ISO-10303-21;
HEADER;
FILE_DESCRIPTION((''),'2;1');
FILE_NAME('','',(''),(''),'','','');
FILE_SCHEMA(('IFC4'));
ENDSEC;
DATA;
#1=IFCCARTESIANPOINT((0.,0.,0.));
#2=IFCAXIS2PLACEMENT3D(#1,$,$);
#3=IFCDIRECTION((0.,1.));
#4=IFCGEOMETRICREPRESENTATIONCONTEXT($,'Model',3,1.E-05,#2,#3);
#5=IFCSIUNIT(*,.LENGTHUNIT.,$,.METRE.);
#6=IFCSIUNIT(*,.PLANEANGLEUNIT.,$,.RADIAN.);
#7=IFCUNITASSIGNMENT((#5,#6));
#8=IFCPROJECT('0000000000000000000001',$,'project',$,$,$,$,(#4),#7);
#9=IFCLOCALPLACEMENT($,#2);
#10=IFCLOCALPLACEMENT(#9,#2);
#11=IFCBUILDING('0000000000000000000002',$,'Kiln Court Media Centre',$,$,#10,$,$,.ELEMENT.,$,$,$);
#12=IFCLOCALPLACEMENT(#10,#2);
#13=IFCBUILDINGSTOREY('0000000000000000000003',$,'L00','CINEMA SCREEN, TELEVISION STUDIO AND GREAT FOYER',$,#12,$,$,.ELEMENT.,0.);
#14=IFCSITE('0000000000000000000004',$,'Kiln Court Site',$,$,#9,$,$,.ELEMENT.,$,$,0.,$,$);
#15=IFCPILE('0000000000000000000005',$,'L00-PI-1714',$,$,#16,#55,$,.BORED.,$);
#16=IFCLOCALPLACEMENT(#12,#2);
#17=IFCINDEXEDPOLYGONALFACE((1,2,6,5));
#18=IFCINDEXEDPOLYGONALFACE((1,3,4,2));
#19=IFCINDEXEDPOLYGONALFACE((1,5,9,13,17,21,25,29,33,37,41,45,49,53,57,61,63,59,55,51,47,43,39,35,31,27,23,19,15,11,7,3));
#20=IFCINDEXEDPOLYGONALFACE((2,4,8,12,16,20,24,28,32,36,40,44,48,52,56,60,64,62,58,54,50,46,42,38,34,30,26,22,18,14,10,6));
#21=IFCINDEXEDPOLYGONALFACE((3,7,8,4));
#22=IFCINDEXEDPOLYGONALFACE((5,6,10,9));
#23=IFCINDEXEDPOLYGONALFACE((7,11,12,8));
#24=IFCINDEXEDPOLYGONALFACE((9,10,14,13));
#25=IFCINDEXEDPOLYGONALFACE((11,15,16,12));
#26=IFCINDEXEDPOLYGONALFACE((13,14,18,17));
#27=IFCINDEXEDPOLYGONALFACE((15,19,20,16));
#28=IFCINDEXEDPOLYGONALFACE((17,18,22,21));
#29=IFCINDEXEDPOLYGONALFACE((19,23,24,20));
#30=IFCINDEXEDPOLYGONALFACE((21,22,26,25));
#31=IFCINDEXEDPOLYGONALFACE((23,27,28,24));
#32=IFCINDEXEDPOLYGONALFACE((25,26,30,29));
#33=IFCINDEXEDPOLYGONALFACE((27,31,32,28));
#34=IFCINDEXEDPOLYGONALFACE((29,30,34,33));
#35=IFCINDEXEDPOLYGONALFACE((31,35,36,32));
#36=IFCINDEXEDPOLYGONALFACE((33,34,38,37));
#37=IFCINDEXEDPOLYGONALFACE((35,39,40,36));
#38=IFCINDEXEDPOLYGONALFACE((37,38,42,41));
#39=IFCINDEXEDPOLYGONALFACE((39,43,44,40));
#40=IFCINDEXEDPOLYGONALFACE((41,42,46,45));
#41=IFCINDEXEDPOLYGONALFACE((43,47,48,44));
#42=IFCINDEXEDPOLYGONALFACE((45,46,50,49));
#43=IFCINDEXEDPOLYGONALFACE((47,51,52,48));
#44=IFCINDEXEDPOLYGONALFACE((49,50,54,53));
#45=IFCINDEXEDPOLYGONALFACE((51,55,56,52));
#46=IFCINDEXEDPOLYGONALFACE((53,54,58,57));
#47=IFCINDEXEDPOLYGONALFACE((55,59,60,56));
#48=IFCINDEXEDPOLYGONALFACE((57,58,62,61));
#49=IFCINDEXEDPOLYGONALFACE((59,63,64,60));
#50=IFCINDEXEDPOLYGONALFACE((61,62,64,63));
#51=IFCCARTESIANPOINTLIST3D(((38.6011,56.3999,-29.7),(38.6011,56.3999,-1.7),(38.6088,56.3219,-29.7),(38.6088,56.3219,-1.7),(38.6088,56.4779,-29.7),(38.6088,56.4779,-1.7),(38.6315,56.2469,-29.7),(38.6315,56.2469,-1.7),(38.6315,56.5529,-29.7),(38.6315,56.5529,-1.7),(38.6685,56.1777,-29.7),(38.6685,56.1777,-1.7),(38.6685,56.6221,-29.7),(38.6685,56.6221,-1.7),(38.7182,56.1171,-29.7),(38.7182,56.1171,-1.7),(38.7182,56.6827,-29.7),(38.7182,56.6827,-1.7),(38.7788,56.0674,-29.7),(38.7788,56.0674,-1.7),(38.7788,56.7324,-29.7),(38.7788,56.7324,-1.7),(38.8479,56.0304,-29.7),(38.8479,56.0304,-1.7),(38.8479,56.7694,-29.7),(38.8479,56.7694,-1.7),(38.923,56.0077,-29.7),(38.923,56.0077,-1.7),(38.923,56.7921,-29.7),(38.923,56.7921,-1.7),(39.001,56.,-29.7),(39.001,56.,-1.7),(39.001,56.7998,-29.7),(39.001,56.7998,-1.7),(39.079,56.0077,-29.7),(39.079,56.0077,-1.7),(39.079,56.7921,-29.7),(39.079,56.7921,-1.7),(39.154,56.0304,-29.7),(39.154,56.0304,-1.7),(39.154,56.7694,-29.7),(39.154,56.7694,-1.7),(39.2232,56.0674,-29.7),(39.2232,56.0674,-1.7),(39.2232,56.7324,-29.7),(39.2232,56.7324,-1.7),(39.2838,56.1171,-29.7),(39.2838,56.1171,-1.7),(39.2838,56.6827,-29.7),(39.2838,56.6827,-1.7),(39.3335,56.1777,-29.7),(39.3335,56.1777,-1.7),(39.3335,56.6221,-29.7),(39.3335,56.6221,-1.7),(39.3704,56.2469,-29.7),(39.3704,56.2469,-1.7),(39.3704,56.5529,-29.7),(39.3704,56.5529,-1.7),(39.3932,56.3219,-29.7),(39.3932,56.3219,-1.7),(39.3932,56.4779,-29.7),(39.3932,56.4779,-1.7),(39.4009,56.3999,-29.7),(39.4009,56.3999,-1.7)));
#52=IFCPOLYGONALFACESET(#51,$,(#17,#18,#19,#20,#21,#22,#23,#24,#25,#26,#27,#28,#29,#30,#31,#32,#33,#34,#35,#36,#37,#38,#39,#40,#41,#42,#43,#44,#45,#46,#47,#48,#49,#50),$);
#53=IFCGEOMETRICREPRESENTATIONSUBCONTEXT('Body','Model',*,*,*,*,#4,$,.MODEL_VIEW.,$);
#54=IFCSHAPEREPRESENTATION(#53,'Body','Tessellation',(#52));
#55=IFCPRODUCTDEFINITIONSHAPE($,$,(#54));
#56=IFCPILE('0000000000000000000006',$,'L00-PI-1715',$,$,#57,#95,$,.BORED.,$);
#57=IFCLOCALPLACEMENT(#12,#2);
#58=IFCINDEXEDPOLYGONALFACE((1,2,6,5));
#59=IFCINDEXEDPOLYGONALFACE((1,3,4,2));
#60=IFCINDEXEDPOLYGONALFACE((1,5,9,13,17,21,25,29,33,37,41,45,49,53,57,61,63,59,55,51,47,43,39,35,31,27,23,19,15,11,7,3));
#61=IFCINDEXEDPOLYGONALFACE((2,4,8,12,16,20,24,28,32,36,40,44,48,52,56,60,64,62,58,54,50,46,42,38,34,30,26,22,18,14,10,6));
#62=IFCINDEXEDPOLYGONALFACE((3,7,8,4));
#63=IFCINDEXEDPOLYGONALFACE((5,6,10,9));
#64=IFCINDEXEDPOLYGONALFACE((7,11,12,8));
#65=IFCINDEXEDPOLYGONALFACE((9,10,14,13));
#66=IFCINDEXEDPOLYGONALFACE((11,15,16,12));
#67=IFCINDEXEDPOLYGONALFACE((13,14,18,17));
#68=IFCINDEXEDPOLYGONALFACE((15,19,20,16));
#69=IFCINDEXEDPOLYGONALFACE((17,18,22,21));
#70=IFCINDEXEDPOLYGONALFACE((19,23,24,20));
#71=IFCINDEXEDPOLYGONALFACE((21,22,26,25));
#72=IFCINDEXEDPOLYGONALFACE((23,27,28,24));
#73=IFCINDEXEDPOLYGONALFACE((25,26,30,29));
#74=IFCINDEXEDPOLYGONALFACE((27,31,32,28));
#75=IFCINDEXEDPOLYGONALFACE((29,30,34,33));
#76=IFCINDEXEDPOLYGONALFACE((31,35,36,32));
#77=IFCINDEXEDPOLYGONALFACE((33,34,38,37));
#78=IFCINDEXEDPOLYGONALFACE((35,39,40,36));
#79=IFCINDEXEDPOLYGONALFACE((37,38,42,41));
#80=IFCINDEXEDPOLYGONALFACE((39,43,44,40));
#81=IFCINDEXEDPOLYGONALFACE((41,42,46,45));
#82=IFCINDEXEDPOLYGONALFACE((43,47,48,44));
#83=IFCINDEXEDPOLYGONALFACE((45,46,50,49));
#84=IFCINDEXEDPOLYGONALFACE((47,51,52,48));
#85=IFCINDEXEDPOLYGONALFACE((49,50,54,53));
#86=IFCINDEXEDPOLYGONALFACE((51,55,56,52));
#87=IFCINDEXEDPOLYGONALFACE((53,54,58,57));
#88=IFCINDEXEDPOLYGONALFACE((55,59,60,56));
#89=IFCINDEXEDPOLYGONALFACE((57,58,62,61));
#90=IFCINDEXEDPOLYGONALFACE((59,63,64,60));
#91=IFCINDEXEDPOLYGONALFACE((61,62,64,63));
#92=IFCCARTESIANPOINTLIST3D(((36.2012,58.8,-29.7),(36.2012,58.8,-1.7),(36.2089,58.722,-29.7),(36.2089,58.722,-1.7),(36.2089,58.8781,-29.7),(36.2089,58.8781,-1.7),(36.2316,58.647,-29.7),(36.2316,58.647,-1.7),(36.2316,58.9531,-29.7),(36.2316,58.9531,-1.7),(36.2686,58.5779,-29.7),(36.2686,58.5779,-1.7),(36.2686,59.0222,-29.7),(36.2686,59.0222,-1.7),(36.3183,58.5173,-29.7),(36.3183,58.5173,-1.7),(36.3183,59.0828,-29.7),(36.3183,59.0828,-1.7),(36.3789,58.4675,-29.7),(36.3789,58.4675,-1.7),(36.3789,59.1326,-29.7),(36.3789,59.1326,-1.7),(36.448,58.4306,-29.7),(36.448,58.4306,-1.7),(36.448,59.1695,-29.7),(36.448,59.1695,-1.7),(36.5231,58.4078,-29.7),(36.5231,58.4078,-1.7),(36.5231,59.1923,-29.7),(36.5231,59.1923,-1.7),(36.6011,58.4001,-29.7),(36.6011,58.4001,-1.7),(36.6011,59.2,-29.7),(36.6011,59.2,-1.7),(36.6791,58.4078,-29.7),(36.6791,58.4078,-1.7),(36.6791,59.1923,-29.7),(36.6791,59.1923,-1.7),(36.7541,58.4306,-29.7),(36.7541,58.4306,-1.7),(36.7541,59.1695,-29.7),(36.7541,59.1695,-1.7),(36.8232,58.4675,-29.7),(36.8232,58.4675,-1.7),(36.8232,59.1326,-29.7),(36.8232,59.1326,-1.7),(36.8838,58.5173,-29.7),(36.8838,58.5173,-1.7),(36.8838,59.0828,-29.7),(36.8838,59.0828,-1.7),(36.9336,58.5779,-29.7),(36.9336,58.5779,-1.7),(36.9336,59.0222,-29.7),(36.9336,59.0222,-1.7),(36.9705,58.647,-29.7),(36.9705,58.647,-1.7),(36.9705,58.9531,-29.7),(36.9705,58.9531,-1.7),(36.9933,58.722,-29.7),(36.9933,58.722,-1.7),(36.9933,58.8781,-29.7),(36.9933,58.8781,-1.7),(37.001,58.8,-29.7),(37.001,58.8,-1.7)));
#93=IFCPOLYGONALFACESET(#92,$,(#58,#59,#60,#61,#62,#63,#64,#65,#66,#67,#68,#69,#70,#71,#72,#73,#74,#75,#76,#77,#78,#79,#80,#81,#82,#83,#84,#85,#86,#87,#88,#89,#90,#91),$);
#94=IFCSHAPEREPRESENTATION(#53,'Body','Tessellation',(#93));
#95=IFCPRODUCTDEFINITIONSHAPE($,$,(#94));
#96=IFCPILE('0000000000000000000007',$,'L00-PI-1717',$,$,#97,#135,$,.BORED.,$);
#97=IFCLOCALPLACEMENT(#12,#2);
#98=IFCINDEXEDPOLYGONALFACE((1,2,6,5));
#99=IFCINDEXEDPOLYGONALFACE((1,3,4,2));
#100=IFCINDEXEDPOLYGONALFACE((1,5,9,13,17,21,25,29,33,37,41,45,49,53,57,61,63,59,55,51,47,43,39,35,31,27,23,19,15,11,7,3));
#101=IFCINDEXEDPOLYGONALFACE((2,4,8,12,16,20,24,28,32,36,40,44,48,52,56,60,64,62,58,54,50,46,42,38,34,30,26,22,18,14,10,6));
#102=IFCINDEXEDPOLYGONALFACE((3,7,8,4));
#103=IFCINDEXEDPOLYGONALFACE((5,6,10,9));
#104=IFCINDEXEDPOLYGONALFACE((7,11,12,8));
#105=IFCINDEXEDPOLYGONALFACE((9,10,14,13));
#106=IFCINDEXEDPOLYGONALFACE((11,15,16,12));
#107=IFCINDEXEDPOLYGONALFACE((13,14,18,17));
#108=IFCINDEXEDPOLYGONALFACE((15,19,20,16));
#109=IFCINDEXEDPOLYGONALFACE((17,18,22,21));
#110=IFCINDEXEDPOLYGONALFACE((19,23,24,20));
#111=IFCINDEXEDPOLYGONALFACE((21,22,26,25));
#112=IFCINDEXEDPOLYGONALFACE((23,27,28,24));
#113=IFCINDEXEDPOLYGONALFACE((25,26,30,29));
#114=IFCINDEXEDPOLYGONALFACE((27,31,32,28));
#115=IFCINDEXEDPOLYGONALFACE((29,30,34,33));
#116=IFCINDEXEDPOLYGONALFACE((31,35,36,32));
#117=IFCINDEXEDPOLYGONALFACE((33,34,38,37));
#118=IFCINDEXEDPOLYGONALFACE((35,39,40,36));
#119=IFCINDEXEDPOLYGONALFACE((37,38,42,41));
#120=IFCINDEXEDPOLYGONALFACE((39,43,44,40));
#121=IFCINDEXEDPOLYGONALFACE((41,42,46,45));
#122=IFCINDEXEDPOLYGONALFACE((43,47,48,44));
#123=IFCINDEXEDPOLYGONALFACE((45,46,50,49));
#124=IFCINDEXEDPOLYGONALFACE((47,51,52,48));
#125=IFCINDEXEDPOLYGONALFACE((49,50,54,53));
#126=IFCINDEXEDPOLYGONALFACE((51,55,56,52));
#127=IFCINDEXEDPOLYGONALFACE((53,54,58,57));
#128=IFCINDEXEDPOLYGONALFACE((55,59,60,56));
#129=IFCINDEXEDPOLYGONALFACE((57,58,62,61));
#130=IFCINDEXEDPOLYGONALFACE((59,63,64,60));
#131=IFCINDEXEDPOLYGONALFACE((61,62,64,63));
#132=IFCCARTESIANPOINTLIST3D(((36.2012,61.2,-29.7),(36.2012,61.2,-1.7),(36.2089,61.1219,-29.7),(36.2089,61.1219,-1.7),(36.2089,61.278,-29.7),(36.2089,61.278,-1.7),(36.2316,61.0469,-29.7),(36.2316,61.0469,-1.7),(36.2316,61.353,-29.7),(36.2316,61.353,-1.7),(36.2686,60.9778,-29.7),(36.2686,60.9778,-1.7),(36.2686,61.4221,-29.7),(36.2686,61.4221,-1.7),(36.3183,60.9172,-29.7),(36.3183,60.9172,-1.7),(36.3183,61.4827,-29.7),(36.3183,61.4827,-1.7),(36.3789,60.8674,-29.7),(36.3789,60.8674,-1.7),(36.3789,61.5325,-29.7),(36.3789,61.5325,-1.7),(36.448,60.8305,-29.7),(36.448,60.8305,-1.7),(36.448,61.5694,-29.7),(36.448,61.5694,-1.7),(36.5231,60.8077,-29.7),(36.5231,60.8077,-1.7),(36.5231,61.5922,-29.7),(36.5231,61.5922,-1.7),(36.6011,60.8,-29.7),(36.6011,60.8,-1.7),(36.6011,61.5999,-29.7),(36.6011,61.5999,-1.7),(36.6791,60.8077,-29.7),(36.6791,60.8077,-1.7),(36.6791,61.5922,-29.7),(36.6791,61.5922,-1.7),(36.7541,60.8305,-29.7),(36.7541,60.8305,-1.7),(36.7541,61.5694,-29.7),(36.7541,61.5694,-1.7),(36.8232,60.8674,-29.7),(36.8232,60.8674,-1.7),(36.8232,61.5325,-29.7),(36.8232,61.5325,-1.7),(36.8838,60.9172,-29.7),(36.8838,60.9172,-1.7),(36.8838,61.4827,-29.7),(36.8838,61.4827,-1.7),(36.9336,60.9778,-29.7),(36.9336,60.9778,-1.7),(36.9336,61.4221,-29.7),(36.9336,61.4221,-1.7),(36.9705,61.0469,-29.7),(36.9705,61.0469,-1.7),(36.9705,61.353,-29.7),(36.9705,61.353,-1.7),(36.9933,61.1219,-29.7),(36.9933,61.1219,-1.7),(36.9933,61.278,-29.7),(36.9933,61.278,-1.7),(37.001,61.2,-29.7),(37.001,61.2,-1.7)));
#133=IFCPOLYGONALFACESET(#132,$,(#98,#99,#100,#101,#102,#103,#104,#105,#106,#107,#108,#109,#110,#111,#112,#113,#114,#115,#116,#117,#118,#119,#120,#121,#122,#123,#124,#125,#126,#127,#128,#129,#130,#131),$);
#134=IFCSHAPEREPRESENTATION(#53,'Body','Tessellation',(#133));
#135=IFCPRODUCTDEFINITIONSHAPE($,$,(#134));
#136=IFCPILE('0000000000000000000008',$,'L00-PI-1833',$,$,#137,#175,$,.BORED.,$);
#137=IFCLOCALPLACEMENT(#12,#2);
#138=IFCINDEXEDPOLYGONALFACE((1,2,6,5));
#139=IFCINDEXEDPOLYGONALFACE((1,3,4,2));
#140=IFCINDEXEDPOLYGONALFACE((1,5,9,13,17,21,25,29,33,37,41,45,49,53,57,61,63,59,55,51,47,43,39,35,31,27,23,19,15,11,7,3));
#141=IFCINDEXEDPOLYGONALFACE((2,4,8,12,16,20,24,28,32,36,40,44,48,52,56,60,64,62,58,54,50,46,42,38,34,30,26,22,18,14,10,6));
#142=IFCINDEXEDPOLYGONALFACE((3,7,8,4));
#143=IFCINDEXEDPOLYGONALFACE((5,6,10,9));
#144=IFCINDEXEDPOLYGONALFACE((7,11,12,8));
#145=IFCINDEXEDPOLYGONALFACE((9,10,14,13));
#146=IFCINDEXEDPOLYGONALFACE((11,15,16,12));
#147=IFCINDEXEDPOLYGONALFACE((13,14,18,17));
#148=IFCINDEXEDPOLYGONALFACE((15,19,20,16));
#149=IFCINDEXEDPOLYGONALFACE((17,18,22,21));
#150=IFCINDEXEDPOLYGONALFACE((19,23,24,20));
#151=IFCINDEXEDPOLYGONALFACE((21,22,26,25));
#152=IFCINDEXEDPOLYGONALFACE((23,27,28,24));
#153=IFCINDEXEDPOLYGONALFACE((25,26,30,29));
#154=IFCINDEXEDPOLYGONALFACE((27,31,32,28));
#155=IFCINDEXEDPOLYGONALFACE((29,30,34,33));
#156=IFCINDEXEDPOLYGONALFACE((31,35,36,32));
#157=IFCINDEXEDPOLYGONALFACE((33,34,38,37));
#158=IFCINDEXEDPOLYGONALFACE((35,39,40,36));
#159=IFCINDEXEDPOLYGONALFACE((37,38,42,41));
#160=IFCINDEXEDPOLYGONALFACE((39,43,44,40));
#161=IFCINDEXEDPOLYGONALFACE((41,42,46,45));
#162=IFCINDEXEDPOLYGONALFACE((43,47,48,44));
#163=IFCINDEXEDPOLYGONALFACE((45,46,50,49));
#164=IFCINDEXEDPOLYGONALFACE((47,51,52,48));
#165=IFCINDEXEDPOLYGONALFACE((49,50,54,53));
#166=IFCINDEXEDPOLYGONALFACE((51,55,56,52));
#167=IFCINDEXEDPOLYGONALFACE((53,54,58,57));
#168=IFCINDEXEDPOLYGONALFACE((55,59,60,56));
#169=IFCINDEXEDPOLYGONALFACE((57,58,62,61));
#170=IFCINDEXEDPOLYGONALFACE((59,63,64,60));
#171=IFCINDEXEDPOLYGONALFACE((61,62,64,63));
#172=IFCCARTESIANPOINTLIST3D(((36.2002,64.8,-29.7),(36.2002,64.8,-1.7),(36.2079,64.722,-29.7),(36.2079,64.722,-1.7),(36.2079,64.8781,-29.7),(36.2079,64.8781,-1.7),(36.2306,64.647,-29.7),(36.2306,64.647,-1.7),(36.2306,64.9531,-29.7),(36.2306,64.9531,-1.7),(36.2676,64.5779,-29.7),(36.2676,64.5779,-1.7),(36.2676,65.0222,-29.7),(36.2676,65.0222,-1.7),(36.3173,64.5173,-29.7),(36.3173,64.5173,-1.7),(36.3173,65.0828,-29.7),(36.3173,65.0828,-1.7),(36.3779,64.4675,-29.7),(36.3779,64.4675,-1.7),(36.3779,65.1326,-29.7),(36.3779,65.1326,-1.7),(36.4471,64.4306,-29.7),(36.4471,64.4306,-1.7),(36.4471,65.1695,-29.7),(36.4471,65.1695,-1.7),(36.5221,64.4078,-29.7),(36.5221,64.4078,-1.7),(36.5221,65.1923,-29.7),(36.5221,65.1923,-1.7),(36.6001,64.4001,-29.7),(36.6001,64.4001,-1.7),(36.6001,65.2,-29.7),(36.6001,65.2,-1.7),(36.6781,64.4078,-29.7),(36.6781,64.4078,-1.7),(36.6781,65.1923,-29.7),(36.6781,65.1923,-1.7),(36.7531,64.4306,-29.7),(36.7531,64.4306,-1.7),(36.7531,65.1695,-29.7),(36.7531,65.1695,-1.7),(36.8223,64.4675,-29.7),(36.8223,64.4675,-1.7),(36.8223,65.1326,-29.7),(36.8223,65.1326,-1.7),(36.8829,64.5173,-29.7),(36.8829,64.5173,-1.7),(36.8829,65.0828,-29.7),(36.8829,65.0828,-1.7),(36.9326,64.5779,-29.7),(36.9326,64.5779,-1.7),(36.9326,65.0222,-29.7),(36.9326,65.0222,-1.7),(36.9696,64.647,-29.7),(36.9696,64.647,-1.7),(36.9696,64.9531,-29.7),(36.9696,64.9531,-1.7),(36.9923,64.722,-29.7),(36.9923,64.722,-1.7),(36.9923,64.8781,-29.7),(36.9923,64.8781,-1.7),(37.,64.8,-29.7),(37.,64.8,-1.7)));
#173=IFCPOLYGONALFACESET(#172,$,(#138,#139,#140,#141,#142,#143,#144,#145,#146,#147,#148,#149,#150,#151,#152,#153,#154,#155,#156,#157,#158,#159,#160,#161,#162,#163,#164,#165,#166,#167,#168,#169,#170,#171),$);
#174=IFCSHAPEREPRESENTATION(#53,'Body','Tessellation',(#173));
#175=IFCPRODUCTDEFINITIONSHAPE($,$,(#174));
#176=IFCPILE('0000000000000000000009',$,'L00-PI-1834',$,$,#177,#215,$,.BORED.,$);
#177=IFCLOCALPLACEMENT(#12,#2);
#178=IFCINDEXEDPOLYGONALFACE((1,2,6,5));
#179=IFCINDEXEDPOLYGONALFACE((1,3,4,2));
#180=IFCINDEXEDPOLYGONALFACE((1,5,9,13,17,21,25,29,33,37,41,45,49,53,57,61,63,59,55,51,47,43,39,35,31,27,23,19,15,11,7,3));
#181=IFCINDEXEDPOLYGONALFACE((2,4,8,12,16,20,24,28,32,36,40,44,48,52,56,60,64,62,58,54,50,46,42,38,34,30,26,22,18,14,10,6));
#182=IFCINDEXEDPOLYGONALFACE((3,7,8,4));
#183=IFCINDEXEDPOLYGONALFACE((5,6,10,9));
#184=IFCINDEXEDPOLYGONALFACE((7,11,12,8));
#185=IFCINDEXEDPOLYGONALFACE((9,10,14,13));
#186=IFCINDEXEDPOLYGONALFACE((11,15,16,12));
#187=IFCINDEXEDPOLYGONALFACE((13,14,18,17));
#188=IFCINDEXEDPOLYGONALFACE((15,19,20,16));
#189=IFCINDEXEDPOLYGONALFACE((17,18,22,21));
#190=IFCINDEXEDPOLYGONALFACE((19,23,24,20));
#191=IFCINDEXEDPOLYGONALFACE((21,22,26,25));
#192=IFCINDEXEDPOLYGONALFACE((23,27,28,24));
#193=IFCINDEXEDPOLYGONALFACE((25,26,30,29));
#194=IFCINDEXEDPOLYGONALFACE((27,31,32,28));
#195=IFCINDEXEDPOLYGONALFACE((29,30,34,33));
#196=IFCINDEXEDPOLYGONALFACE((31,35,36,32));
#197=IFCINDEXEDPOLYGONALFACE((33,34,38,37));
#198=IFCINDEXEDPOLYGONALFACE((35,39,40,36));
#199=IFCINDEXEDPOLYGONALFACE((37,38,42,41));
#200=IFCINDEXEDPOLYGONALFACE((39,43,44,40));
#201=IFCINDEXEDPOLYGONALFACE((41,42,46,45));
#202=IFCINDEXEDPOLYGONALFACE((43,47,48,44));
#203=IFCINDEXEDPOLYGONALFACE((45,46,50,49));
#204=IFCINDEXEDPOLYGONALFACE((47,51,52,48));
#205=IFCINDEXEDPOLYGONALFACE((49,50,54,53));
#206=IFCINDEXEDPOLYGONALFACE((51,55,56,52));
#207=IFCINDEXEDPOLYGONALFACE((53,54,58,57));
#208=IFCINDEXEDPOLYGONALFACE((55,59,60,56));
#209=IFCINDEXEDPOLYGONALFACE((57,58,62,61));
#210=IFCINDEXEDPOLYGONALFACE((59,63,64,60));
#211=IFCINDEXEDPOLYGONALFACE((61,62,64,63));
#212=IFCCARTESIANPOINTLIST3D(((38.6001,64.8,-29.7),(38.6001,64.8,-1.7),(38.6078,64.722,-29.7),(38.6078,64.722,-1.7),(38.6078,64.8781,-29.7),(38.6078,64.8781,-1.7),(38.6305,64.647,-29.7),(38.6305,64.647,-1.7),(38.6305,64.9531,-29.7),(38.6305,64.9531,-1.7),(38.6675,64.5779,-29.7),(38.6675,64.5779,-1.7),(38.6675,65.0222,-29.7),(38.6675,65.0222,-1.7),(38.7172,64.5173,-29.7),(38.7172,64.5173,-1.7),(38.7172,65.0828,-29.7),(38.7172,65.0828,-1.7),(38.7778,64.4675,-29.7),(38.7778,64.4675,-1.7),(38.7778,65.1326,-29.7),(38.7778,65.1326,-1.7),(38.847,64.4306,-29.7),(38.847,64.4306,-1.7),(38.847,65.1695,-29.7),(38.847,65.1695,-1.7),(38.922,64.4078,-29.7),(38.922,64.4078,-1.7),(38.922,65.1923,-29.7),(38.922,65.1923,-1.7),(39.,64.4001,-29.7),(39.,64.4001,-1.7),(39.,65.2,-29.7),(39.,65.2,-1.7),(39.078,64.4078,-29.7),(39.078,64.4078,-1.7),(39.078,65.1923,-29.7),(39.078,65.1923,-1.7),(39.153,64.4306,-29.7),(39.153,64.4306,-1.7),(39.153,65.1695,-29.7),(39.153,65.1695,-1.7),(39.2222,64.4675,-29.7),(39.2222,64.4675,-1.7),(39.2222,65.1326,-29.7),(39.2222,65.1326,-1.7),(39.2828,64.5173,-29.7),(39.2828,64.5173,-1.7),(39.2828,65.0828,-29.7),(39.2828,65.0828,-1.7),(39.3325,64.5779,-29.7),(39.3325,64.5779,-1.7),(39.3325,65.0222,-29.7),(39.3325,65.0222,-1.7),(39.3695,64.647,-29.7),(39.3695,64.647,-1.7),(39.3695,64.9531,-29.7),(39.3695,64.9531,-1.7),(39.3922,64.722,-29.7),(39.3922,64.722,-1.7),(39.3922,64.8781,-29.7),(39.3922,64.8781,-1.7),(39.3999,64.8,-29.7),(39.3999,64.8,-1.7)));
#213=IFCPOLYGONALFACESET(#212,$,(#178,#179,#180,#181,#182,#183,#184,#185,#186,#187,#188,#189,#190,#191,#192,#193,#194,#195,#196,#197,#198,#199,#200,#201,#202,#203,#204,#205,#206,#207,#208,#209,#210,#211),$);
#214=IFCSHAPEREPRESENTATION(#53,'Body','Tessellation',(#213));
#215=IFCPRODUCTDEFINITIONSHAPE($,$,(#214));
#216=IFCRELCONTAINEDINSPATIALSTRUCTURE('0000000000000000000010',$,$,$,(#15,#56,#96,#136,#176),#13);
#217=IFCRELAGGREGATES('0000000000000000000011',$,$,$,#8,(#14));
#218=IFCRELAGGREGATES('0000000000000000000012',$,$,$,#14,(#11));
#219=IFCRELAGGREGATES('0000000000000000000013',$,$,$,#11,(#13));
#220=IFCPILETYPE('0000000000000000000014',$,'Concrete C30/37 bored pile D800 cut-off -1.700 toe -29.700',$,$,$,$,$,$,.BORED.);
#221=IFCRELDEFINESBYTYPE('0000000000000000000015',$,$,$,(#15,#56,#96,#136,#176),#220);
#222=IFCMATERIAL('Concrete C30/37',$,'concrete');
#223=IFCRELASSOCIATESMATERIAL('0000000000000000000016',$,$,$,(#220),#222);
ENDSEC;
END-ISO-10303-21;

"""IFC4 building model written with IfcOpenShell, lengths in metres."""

from ifc_helpers import new_model, si_unit, direction, frame, origin, origin_2d, place, context, subcontext, project, spatial, circle, extrude, material, material_profile, profile_set, type_object, element, save


model = new_model("IFC4")

# Units and contexts
model_context = context("Model", 3, precision=1e-05, world=origin(), true_north=direction((0.0, 1.0)))
body_context = subcontext(model_context, "Body", "Model", "MODEL_VIEW")
ifc_project = project(units=[si_unit("LENGTHUNIT", "METRE"), si_unit("PLANEANGLEUNIT", "RADIAN")], contexts=[model_context])

# Site, building, storey
site_placement = place(None, origin())
site = spatial("IfcSite", under=ifc_project, at=site_placement, Name="Kiln Court Site", CompositionType="ELEMENT", RefElevation=0.0)
building_placement = place(site_placement, origin())
building = spatial("IfcBuilding", under=site, at=building_placement, Name="Kiln Court Media Centre", CompositionType="ELEMENT")
storey_placement = place(building_placement, origin())
storey = spatial("IfcBuildingStorey", under=building, at=storey_placement, Name="L00", Description="CINEMA SCREEN, TELEVISION STUDIO AND GREAT FOYER", CompositionType="ELEMENT", Elevation=0.0)

# Piles
ifc_material_1 = material(Name="Concrete C30/37", Category="concrete")
ifc_material_profile_1 = material_profile(ifc_material_1, circle(Radius=0.3999, at=origin_2d()), Name="PILE D800")
ifc_profile_set_1 = profile_set([ifc_material_profile_1], Name="Concrete C30/37")
pile_type_1 = type_object("IfcPileType", Name="Concrete C30/37 bored pile D800 cut-off -1.700 toe -29.700", PredefinedType="BORED", material=ifc_profile_set_1)
for number, where, z_axis, x_axis, name in (
    (1, (39.001, 56.3999, -1.7), (0.0, 0.0, -1.0), (1.0, 0.0, 0.0), "L00-PI-1714"),
    (2, (36.6011, 58.8, -1.7), (0.0, 0.0, -1.0), (1.0, 0.0, 0.0), "L00-PI-1715"),
    (3, (36.6011, 61.2, -1.7), (0.0, 0.0, -1.0), (1.0, 0.0, 0.0), "L00-PI-1717"),
    (4, (36.6001, 64.8, -1.7), (0.0, 0.0, -1.0), (1.0, 0.0, 0.0), "L00-PI-1833"),
    (5, (39.0, 64.8, -1.7), (0.0, 0.0, -1.0), (1.0, 0.0, 0.0), "L00-PI-1834"),
):
    element("IfcPile", number, at=place(storey_placement, frame(where, z_axis=z_axis, x_axis=x_axis)), inside=storey, type_object=pile_type_1, Name=name, PredefinedType="BORED", context=body_context, shape_type="SweptSolid", body=[
        extrude(circle(Radius=0.3999, at=origin_2d()), origin(), (0.0, 0.0, 1.0), 28.0),
    ])

save(model, "model.ifc")
